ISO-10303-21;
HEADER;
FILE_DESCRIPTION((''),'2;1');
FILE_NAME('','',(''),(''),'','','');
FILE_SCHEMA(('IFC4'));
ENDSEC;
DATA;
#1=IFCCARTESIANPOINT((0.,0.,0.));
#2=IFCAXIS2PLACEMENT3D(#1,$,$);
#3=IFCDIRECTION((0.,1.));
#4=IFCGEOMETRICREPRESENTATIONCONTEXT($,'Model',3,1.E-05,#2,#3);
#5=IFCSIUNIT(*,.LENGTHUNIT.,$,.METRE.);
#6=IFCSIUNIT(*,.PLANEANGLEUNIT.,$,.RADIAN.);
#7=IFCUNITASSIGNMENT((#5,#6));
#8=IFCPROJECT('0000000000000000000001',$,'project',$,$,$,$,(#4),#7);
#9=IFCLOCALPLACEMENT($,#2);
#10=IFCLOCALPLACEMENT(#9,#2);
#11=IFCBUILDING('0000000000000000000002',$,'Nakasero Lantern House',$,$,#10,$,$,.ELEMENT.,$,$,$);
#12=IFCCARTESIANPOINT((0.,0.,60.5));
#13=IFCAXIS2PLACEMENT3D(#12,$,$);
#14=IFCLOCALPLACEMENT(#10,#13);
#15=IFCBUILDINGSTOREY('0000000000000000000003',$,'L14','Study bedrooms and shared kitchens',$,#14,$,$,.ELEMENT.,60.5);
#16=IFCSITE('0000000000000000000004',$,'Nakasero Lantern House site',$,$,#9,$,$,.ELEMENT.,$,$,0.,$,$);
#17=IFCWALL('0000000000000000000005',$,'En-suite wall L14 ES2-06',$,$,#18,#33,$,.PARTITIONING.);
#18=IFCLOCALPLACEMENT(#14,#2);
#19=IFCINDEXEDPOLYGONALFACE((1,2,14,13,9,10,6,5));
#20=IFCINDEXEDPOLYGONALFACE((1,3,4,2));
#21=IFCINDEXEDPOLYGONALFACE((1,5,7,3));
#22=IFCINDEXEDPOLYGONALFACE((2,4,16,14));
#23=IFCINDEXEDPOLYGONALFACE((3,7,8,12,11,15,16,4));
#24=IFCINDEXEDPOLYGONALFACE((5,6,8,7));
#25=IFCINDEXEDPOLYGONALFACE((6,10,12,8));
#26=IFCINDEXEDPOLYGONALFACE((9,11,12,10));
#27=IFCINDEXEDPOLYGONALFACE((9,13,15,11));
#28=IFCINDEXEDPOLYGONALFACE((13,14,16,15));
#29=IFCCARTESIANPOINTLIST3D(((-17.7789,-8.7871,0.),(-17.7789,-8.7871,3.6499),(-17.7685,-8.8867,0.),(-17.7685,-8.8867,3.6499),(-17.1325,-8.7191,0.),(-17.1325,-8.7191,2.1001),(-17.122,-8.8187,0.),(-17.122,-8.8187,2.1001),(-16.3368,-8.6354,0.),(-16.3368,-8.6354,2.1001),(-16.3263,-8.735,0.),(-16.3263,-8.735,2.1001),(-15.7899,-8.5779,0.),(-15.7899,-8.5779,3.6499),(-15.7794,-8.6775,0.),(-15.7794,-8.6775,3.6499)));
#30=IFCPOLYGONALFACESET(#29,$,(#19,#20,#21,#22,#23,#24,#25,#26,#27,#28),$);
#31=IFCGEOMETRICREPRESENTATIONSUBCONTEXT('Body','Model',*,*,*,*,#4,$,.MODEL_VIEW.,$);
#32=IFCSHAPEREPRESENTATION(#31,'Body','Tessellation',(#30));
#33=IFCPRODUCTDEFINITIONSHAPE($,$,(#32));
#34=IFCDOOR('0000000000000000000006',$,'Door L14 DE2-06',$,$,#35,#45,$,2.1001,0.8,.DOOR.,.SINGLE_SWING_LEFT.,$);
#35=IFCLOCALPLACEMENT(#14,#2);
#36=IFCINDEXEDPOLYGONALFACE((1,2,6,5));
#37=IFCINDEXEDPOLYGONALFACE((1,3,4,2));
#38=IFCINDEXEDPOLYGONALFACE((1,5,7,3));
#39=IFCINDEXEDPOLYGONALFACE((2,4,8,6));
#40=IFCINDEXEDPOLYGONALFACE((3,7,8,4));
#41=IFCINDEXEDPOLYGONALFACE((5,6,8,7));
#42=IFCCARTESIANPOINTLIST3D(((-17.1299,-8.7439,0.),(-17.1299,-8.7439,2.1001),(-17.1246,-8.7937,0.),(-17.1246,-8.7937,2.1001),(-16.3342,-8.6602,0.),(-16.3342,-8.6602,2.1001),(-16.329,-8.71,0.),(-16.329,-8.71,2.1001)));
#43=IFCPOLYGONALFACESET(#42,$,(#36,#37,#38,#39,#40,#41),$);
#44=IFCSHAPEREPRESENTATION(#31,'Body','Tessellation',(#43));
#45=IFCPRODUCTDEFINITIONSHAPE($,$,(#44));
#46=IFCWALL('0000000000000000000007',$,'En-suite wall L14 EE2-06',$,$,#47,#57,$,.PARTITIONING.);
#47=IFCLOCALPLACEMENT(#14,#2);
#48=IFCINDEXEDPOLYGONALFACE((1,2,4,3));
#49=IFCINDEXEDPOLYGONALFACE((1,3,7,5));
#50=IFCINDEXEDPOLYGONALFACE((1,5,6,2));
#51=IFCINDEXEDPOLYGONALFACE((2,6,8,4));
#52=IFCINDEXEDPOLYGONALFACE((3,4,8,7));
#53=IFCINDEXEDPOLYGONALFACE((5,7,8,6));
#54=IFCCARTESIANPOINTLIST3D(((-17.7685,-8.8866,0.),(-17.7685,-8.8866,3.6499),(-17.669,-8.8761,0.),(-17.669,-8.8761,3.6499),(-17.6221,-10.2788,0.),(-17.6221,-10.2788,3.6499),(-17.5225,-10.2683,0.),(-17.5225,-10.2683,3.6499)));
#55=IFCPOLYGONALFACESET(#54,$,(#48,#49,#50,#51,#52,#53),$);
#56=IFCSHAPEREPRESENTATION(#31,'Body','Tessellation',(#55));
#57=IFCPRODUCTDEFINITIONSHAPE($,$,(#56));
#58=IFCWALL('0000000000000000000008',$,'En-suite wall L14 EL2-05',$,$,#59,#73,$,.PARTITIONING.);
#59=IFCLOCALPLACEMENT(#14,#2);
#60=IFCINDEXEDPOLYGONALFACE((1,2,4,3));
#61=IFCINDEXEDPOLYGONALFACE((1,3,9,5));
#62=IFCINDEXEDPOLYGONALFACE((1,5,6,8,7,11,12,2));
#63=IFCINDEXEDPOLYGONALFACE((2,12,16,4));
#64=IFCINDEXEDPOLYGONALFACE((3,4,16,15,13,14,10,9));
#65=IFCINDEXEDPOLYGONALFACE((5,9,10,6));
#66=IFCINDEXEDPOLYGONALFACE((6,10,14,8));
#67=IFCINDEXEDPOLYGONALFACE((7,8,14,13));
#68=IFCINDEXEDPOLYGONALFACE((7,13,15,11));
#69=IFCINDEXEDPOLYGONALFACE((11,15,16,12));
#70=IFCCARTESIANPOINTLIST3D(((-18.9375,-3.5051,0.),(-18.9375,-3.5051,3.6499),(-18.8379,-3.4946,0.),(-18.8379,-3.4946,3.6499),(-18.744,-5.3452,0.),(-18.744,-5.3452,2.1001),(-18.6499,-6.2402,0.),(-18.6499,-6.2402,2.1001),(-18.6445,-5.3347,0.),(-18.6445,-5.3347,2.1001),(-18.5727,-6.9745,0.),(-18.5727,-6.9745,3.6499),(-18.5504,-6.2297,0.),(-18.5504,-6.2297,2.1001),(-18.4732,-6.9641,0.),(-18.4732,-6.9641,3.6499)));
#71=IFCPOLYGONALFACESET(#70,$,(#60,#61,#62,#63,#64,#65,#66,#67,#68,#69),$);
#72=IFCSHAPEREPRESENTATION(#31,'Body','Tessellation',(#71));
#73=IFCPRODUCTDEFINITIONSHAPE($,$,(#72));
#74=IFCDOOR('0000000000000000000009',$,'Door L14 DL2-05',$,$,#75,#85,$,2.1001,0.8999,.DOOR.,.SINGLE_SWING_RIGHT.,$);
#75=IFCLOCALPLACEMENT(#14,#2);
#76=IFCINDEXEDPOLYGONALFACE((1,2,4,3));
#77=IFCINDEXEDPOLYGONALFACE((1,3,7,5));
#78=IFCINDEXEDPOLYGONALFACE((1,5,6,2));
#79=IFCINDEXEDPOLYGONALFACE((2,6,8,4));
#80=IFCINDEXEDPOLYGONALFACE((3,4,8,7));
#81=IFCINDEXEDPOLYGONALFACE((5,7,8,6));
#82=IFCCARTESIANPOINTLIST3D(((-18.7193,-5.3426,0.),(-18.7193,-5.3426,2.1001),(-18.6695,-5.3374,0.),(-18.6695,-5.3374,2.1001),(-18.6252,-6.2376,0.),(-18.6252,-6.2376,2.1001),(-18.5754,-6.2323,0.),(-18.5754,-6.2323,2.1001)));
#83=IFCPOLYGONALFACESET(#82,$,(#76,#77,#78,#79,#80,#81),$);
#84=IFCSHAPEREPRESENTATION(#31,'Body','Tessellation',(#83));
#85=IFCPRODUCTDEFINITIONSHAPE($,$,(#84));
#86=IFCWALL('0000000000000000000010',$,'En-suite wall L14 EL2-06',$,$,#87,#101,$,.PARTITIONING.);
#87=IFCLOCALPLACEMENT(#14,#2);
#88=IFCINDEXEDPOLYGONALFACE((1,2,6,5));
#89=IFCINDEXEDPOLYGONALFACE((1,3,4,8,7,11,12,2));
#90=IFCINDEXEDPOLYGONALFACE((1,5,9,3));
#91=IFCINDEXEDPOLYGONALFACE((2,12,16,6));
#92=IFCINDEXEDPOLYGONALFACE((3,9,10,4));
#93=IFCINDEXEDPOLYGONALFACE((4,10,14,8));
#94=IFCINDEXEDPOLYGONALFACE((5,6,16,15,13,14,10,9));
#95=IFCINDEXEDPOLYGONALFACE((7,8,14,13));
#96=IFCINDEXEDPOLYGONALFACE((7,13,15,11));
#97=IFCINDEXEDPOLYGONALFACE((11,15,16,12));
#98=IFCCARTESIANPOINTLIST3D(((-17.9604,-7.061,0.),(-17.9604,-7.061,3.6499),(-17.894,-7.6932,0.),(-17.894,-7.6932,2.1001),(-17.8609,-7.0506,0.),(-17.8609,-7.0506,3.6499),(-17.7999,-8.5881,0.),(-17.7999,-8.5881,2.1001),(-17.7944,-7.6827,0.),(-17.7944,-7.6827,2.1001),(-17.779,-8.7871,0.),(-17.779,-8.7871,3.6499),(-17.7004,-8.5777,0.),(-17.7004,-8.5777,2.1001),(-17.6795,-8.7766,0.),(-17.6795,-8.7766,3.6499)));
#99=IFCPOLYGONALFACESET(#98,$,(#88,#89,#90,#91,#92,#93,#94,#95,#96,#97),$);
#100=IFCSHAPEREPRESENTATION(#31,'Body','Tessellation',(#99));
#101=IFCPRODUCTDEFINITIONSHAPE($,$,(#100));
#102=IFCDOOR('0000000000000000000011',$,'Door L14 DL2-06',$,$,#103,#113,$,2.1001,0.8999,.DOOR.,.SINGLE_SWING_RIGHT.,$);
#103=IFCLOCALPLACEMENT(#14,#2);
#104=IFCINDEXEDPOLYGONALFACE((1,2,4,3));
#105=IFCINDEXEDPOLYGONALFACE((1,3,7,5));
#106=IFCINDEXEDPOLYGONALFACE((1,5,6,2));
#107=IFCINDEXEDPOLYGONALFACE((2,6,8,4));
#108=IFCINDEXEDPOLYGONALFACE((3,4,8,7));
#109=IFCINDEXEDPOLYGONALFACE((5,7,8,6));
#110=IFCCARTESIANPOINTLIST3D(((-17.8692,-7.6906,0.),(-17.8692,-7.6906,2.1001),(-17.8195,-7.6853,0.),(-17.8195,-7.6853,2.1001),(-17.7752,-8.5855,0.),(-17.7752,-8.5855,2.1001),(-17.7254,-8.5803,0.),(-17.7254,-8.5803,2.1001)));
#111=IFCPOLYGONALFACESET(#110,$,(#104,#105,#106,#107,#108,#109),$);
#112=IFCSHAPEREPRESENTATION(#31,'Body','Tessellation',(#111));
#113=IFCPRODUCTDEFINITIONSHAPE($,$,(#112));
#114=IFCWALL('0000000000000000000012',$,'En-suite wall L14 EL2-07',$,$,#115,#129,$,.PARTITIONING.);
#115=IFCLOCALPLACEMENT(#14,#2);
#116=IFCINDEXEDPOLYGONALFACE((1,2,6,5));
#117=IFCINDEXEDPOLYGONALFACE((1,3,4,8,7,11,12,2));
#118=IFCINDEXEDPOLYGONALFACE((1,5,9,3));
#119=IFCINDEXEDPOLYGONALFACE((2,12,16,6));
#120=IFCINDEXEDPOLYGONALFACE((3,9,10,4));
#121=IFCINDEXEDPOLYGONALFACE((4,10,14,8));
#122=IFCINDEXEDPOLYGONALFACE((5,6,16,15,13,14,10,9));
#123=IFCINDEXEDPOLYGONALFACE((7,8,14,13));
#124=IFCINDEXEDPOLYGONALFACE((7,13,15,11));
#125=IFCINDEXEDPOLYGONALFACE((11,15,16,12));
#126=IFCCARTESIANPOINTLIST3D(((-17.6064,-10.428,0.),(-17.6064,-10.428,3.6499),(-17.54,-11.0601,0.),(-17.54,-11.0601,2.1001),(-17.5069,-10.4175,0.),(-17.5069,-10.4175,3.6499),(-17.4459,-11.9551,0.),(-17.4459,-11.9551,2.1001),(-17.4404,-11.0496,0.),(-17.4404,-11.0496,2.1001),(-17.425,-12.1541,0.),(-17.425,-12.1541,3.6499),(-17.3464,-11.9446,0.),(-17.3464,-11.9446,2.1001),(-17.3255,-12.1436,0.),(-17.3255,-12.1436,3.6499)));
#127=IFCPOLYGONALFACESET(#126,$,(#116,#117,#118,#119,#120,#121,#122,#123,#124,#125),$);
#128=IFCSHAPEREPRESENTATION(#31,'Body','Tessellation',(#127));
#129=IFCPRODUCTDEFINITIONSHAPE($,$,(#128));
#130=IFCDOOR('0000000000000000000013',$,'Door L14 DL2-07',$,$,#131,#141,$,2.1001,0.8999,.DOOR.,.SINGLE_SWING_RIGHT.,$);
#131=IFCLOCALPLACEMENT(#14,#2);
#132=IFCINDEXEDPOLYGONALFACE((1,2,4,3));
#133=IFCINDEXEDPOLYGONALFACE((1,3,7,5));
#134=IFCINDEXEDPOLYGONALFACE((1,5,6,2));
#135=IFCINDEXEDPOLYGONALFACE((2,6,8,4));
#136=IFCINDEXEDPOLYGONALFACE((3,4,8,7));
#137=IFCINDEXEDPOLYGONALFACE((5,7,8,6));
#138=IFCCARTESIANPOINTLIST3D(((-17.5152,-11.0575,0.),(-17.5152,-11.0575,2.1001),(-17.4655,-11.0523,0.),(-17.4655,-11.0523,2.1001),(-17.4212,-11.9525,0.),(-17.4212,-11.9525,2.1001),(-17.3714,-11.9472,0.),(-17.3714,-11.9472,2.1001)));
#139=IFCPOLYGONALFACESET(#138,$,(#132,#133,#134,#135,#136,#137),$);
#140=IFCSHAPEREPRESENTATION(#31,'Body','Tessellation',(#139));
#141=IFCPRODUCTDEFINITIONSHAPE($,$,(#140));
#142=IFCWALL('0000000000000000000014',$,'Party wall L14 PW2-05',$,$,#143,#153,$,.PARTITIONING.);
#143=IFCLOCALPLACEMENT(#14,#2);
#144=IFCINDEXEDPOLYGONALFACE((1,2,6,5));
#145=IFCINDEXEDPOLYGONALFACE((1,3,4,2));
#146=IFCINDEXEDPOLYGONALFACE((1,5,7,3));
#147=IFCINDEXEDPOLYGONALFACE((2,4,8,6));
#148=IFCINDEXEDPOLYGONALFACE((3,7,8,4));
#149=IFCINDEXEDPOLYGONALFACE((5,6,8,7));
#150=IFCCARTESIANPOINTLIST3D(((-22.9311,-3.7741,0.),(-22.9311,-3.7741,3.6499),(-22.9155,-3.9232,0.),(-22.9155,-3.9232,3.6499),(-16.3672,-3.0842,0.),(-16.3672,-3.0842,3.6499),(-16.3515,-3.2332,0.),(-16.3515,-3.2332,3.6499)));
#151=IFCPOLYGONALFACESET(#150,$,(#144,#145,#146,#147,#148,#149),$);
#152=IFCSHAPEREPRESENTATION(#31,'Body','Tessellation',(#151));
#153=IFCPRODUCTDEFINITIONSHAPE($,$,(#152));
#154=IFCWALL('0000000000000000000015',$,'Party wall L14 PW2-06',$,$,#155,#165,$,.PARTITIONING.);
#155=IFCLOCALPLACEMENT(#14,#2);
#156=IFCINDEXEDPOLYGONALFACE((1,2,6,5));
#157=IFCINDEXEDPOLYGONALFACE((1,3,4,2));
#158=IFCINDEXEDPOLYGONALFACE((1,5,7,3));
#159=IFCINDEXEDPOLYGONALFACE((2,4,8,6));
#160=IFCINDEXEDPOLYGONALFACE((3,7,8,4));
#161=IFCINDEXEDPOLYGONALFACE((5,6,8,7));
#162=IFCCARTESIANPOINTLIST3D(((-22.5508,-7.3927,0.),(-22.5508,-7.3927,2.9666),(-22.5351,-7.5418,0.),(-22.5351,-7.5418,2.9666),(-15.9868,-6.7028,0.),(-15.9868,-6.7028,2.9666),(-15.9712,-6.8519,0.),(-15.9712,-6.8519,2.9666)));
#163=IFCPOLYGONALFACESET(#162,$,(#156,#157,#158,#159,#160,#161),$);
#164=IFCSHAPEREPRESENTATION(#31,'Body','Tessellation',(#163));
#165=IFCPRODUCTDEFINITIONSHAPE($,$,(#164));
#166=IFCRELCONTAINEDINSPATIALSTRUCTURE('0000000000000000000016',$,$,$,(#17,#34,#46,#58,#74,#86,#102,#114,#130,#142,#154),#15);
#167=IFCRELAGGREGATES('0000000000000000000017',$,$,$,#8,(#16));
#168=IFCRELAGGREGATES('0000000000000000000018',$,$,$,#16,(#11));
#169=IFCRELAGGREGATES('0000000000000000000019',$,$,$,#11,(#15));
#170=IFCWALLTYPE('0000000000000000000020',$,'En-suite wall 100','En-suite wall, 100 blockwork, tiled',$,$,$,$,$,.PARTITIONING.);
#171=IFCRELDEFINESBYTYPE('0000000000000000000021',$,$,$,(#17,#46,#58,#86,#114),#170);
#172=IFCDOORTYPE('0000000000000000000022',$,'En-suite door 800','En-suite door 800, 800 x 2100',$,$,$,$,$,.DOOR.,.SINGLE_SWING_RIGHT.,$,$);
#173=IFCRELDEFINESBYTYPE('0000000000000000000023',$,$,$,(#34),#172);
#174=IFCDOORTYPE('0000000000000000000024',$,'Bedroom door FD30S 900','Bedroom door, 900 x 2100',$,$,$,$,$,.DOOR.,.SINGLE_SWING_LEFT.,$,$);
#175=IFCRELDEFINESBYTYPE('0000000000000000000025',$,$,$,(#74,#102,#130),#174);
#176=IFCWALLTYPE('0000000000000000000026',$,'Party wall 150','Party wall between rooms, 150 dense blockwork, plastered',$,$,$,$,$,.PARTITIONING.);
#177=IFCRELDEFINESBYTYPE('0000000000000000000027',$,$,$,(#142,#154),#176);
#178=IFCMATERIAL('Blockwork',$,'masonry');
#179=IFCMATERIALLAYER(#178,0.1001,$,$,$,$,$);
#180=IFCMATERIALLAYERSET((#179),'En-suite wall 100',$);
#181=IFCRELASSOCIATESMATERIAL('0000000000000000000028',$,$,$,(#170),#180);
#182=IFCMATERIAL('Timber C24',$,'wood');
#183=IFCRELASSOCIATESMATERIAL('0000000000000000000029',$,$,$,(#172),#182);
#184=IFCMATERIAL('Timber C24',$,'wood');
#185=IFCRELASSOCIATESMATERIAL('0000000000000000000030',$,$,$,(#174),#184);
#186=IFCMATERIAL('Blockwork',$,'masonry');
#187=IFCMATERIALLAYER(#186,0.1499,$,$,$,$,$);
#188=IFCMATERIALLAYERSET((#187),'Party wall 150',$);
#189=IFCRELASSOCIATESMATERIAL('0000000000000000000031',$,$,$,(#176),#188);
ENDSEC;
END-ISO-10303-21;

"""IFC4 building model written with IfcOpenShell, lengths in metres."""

from ifc_helpers import new_model, si_unit, direction, frame, frame_2d, origin, place, context, subcontext, project, spatial, rectangle, extrude, material, layer, layer_set, type_object, element, fill, save


model = new_model("IFC4")

# Units and contexts
model_context = context("Model", 3, precision=1e-05, world=origin(), true_north=direction((0.0, 1.0)))
body_context = subcontext(model_context, "Body", "Model", "MODEL_VIEW")
ifc_project = project(units=[si_unit("LENGTHUNIT", "METRE"), si_unit("PLANEANGLEUNIT", "RADIAN")], contexts=[model_context])

# Site, building, storey
site_placement = place(None, origin())
site = spatial("IfcSite", under=ifc_project, at=site_placement, Name="Nakasero Lantern House site", CompositionType="ELEMENT", RefElevation=0.0)
building_placement = place(site_placement, origin())
building = spatial("IfcBuilding", under=site, at=building_placement, Name="Nakasero Lantern House", CompositionType="ELEMENT")
storey_placement = place(building_placement, frame((0.0, 0.0, 60.5)))
storey = spatial("IfcBuildingStorey", under=building, at=storey_placement, Name="L14", Description="Study bedrooms and shared kitchens", CompositionType="ELEMENT", Elevation=60.5)

# Shared definitions
ifc_material_1 = material(Name="Blockwork", Category="masonry")
ifc_layer_1 = layer(ifc_material_1, 0.1001)
ifc_layer_set_1 = layer_set([ifc_layer_1], Name="En-suite wall 100")
wall_type_1 = type_object("IfcWallType", Name="En-suite wall 100", Description="En-suite wall, 100 blockwork, tiled", PredefinedType="PARTITIONING", material=ifc_layer_set_1)
ifc_material_2 = material(Name="Timber C24", Category="wood")
door_type_1 = type_object("IfcDoorType", Name="En-suite door 800", Description="En-suite door 800, 800 x 2100", OperationType="SINGLE_SWING_RIGHT", PredefinedType="DOOR", material=ifc_material_2)

# Wall, opening, door
wall_1_placement = place(storey_placement, frame((-15.7847, -8.6277, 0.0), z_axis=(0.0, 0.0, 1.0), x_axis=(-0.994513, -0.104615, 0.0)))
wall_1 = element("IfcWall", 1, at=wall_1_placement, inside=storey, type_object=wall_type_1, Name="En-suite wall L14 ES2-06", PredefinedType="PARTITIONING", context=body_context, shape_type="SweptSolid", body=[
    extrude(rectangle(XDim=2.0, YDim=0.1001, at=frame_2d((1.0, 0.0))), origin(), (0.0, 0.0, 1.0), 3.6499),
])
opening_1_placement = place(wall_1_placement, frame((0.55, 0.0, 0.0)))
opening_1 = element("IfcOpeningElement", 2, at=opening_1_placement, cuts=wall_1, PredefinedType="OPENING", context=body_context, shape_type="SweptSolid", body=[
    extrude(rectangle(XDim=0.8, YDim=2.1001, at=frame_2d((0.3999, 1.05))), frame((0.0, 0.0701, 0.0), z_axis=(0.0, -1.0, 0.0), x_axis=(1.0, 0.0, 0.0)), (0.0, 0.0, 1.0), 0.1401),
])
door_1_placement = place(opening_1_placement, origin())
door_1 = element("IfcDoor", 3, at=door_1_placement, inside=storey, type_object=door_type_1, Name="Door L14 DE2-06", OperationType="SINGLE_SWING_LEFT", OverallHeight=2.1001, OverallWidth=0.8, PredefinedType="DOOR", context=body_context, shape_type="SweptSolid", body=[
    extrude(rectangle(XDim=0.8, YDim=2.1001, at=frame_2d((0.3999, 1.05))), frame((0.0, 0.0249, 0.0), z_axis=(0.0, -1.0, 0.0), x_axis=(1.0, 0.0, 0.0)), (0.0, 0.0, 1.0), 0.05),
])
fill(opening_1, door_1)

# Wall
wall_2_placement = place(storey_placement, frame((-17.7188, -8.8813, 0.0), z_axis=(0.0, 0.0, 1.0), x_axis=(0.10463, -0.994511, 0.0)))
element("IfcWall", 4, at=wall_2_placement, inside=storey, type_object=wall_type_1, Name="En-suite wall L14 EE2-06", PredefinedType="PARTITIONING", context=body_context, shape_type="SweptSolid", body=[
    extrude(rectangle(XDim=1.3999, YDim=0.1001, at=frame_2d((0.7, 0.0))), origin(), (0.0, 0.0, 1.0), 3.6499),
])

# Walls, openings, doors
wall_3_placement = place(storey_placement, frame((-18.8877, -3.5, 0.0), z_axis=(0.0, 0.0, 1.0), x_axis=(0.104554, -0.994519, 0.0)))
wall_3 = element("IfcWall", 5, at=wall_3_placement, inside=storey, type_object=wall_type_1, Name="En-suite wall L14 EL2-05", PredefinedType="PARTITIONING", context=body_context, shape_type="SweptSolid", body=[
    extrude(rectangle(XDim=3.4885, YDim=0.1001, at=frame_2d((1.7441, 0.0))), origin(), (0.0, 0.0, 1.0), 3.6499),
])
opening_2_placement = place(wall_3_placement, frame((1.8501, 0.0, 0.0)))
opening_2 = element("IfcOpeningElement", 6, at=opening_2_placement, cuts=wall_3, PredefinedType="OPENING", context=body_context, shape_type="SweptSolid", body=[
    extrude(rectangle(XDim=0.8999, YDim=2.1001, at=frame_2d((0.45, 1.05))), frame((0.0, 0.0701, 0.0), z_axis=(0.0, -1.0, 0.0), x_axis=(1.0, 0.0, 0.0)), (0.0, 0.0, 1.0), 0.1401),
])
ifc_material_3 = material(Name="Timber C24", Category="wood")
door_type_2 = type_object("IfcDoorType", Name="Bedroom door FD30S 900", Description="Bedroom door, 900 x 2100", OperationType="SINGLE_SWING_LEFT", PredefinedType="DOOR", material=ifc_material_3)
door_2_placement = place(opening_2_placement, origin())
door_2 = element("IfcDoor", 7, at=door_2_placement, inside=storey, type_object=door_type_2, Name="Door L14 DL2-05", OperationType="SINGLE_SWING_RIGHT", OverallHeight=2.1001, OverallWidth=0.8999, PredefinedType="DOOR", context=body_context, shape_type="SweptSolid", body=[
    extrude(rectangle(XDim=0.8999, YDim=2.1001, at=frame_2d((0.45, 1.05))), frame((0.0, 0.0249, 0.0), z_axis=(0.0, -1.0, 0.0), x_axis=(1.0, 0.0, 0.0)), (0.0, 0.0, 1.0), 0.05),
])
fill(opening_2, door_2)
wall_4_placement = place(storey_placement, frame((-17.9106, -7.0559, 0.0), z_axis=(0.0, 0.0, 1.0), x_axis=(0.104516, -0.994523, 0.0)))
wall_4 = element("IfcWall", 8, at=wall_4_placement, inside=storey, type_object=wall_type_1, Name="En-suite wall L14 EL2-06", PredefinedType="PARTITIONING", context=body_context, shape_type="SweptSolid", body=[
    extrude(rectangle(XDim=1.7356, YDim=0.1001, at=frame_2d((0.8677, 0.0))), origin(), (0.0, 0.0, 1.0), 3.6499),
])
opening_3_placement = place(wall_4_placement, frame((0.6355, 0.0, 0.0)))
opening_3 = element("IfcOpeningElement", 9, at=opening_3_placement, cuts=wall_4, PredefinedType="OPENING", context=body_context, shape_type="SweptSolid", body=[
    extrude(rectangle(XDim=0.8999, YDim=2.1001, at=frame_2d((0.45, 1.05))), frame((0.0, 0.0701, 0.0), z_axis=(0.0, -1.0, 0.0), x_axis=(1.0, 0.0, 0.0)), (0.0, 0.0, 1.0), 0.1401),
])
door_3_placement = place(opening_3_placement, origin())
door_3 = element("IfcDoor", 10, at=door_3_placement, inside=storey, type_object=door_type_2, Name="Door L14 DL2-06", OperationType="SINGLE_SWING_RIGHT", OverallHeight=2.1001, OverallWidth=0.8999, PredefinedType="DOOR", context=body_context, shape_type="SweptSolid", body=[
    extrude(rectangle(XDim=0.8999, YDim=2.1001, at=frame_2d((0.45, 1.05))), frame((0.0, 0.0249, 0.0), z_axis=(0.0, -1.0, 0.0), x_axis=(1.0, 0.0, 0.0)), (0.0, 0.0, 1.0), 0.05),
])
fill(opening_3, door_3)
wall_5_placement = place(storey_placement, frame((-17.5566, -10.4229, 0.0), z_axis=(0.0, 0.0, 1.0), x_axis=(0.104516, -0.994523, 0.0)))
wall_5 = element("IfcWall", 11, at=wall_5_placement, inside=storey, type_object=wall_type_1, Name="En-suite wall L14 EL2-07", PredefinedType="PARTITIONING", context=body_context, shape_type="SweptSolid", body=[
    extrude(rectangle(XDim=1.7356, YDim=0.1001, at=frame_2d((0.8677, 0.0))), origin(), (0.0, 0.0, 1.0), 3.6499),
])
opening_4_placement = place(wall_5_placement, frame((0.6355, 0.0, 0.0)))
opening_4 = element("IfcOpeningElement", 12, at=opening_4_placement, cuts=wall_5, PredefinedType="OPENING", context=body_context, shape_type="SweptSolid", body=[
    extrude(rectangle(XDim=0.8999, YDim=2.1001, at=frame_2d((0.45, 1.05))), frame((0.0, 0.0701, 0.0), z_axis=(0.0, -1.0, 0.0), x_axis=(1.0, 0.0, 0.0)), (0.0, 0.0, 1.0), 0.1401),
])
door_4_placement = place(opening_4_placement, origin())
door_4 = element("IfcDoor", 13, at=door_4_placement, inside=storey, type_object=door_type_2, Name="Door L14 DL2-07", OperationType="SINGLE_SWING_RIGHT", OverallHeight=2.1001, OverallWidth=0.8999, PredefinedType="DOOR", context=body_context, shape_type="SweptSolid", body=[
    extrude(rectangle(XDim=0.8999, YDim=2.1001, at=frame_2d((0.45, 1.05))), frame((0.0, 0.0249, 0.0), z_axis=(0.0, -1.0, 0.0), x_axis=(1.0, 0.0, 0.0)), (0.0, 0.0, 1.0), 0.05),
])
fill(opening_4, door_4)

# Walls
ifc_material_4 = material(Name="Blockwork", Category="masonry")
ifc_layer_2 = layer(ifc_material_4, 0.1499)
ifc_layer_set_2 = layer_set([ifc_layer_2], Name="Party wall 150")
wall_type_2 = type_object("IfcWallType", Name="Party wall 150", Description="Party wall between rooms, 150 dense blockwork, plastered", PredefinedType="PARTITIONING", material=ifc_layer_set_2)
wall_6_placement = place(storey_placement, frame((-16.3594, -3.1587, 0.0), z_axis=(0.0, 0.0, 1.0), x_axis=(-0.994521, -0.104535, 0.0)))
element("IfcWall", 14, at=wall_6_placement, inside=storey, type_object=wall_type_2, Name="Party wall L14 PW2-05", PredefinedType="PARTITIONING", context=body_context, shape_type="SweptSolid", body=[
    extrude(rectangle(XDim=6.6001, YDim=0.1499, at=frame_2d((3.3, 0.0))), origin(), (0.0, 0.0, 1.0), 3.6499),
])
wall_7_placement = place(storey_placement, frame((-15.979, -6.7773, 0.0), z_axis=(0.0, 0.0, 1.0), x_axis=(-0.994521, -0.104535, 0.0)))
element("IfcWall", 15, at=wall_7_placement, inside=storey, type_object=wall_type_2, Name="Party wall L14 PW2-06", PredefinedType="PARTITIONING", context=body_context, shape_type="SweptSolid", body=[
    extrude(rectangle(XDim=6.6001, YDim=0.1499, at=frame_2d((3.3, 0.0))), origin(), (0.0, 0.0, 1.0), 2.9666),
])

save(model, "model.ifc")
